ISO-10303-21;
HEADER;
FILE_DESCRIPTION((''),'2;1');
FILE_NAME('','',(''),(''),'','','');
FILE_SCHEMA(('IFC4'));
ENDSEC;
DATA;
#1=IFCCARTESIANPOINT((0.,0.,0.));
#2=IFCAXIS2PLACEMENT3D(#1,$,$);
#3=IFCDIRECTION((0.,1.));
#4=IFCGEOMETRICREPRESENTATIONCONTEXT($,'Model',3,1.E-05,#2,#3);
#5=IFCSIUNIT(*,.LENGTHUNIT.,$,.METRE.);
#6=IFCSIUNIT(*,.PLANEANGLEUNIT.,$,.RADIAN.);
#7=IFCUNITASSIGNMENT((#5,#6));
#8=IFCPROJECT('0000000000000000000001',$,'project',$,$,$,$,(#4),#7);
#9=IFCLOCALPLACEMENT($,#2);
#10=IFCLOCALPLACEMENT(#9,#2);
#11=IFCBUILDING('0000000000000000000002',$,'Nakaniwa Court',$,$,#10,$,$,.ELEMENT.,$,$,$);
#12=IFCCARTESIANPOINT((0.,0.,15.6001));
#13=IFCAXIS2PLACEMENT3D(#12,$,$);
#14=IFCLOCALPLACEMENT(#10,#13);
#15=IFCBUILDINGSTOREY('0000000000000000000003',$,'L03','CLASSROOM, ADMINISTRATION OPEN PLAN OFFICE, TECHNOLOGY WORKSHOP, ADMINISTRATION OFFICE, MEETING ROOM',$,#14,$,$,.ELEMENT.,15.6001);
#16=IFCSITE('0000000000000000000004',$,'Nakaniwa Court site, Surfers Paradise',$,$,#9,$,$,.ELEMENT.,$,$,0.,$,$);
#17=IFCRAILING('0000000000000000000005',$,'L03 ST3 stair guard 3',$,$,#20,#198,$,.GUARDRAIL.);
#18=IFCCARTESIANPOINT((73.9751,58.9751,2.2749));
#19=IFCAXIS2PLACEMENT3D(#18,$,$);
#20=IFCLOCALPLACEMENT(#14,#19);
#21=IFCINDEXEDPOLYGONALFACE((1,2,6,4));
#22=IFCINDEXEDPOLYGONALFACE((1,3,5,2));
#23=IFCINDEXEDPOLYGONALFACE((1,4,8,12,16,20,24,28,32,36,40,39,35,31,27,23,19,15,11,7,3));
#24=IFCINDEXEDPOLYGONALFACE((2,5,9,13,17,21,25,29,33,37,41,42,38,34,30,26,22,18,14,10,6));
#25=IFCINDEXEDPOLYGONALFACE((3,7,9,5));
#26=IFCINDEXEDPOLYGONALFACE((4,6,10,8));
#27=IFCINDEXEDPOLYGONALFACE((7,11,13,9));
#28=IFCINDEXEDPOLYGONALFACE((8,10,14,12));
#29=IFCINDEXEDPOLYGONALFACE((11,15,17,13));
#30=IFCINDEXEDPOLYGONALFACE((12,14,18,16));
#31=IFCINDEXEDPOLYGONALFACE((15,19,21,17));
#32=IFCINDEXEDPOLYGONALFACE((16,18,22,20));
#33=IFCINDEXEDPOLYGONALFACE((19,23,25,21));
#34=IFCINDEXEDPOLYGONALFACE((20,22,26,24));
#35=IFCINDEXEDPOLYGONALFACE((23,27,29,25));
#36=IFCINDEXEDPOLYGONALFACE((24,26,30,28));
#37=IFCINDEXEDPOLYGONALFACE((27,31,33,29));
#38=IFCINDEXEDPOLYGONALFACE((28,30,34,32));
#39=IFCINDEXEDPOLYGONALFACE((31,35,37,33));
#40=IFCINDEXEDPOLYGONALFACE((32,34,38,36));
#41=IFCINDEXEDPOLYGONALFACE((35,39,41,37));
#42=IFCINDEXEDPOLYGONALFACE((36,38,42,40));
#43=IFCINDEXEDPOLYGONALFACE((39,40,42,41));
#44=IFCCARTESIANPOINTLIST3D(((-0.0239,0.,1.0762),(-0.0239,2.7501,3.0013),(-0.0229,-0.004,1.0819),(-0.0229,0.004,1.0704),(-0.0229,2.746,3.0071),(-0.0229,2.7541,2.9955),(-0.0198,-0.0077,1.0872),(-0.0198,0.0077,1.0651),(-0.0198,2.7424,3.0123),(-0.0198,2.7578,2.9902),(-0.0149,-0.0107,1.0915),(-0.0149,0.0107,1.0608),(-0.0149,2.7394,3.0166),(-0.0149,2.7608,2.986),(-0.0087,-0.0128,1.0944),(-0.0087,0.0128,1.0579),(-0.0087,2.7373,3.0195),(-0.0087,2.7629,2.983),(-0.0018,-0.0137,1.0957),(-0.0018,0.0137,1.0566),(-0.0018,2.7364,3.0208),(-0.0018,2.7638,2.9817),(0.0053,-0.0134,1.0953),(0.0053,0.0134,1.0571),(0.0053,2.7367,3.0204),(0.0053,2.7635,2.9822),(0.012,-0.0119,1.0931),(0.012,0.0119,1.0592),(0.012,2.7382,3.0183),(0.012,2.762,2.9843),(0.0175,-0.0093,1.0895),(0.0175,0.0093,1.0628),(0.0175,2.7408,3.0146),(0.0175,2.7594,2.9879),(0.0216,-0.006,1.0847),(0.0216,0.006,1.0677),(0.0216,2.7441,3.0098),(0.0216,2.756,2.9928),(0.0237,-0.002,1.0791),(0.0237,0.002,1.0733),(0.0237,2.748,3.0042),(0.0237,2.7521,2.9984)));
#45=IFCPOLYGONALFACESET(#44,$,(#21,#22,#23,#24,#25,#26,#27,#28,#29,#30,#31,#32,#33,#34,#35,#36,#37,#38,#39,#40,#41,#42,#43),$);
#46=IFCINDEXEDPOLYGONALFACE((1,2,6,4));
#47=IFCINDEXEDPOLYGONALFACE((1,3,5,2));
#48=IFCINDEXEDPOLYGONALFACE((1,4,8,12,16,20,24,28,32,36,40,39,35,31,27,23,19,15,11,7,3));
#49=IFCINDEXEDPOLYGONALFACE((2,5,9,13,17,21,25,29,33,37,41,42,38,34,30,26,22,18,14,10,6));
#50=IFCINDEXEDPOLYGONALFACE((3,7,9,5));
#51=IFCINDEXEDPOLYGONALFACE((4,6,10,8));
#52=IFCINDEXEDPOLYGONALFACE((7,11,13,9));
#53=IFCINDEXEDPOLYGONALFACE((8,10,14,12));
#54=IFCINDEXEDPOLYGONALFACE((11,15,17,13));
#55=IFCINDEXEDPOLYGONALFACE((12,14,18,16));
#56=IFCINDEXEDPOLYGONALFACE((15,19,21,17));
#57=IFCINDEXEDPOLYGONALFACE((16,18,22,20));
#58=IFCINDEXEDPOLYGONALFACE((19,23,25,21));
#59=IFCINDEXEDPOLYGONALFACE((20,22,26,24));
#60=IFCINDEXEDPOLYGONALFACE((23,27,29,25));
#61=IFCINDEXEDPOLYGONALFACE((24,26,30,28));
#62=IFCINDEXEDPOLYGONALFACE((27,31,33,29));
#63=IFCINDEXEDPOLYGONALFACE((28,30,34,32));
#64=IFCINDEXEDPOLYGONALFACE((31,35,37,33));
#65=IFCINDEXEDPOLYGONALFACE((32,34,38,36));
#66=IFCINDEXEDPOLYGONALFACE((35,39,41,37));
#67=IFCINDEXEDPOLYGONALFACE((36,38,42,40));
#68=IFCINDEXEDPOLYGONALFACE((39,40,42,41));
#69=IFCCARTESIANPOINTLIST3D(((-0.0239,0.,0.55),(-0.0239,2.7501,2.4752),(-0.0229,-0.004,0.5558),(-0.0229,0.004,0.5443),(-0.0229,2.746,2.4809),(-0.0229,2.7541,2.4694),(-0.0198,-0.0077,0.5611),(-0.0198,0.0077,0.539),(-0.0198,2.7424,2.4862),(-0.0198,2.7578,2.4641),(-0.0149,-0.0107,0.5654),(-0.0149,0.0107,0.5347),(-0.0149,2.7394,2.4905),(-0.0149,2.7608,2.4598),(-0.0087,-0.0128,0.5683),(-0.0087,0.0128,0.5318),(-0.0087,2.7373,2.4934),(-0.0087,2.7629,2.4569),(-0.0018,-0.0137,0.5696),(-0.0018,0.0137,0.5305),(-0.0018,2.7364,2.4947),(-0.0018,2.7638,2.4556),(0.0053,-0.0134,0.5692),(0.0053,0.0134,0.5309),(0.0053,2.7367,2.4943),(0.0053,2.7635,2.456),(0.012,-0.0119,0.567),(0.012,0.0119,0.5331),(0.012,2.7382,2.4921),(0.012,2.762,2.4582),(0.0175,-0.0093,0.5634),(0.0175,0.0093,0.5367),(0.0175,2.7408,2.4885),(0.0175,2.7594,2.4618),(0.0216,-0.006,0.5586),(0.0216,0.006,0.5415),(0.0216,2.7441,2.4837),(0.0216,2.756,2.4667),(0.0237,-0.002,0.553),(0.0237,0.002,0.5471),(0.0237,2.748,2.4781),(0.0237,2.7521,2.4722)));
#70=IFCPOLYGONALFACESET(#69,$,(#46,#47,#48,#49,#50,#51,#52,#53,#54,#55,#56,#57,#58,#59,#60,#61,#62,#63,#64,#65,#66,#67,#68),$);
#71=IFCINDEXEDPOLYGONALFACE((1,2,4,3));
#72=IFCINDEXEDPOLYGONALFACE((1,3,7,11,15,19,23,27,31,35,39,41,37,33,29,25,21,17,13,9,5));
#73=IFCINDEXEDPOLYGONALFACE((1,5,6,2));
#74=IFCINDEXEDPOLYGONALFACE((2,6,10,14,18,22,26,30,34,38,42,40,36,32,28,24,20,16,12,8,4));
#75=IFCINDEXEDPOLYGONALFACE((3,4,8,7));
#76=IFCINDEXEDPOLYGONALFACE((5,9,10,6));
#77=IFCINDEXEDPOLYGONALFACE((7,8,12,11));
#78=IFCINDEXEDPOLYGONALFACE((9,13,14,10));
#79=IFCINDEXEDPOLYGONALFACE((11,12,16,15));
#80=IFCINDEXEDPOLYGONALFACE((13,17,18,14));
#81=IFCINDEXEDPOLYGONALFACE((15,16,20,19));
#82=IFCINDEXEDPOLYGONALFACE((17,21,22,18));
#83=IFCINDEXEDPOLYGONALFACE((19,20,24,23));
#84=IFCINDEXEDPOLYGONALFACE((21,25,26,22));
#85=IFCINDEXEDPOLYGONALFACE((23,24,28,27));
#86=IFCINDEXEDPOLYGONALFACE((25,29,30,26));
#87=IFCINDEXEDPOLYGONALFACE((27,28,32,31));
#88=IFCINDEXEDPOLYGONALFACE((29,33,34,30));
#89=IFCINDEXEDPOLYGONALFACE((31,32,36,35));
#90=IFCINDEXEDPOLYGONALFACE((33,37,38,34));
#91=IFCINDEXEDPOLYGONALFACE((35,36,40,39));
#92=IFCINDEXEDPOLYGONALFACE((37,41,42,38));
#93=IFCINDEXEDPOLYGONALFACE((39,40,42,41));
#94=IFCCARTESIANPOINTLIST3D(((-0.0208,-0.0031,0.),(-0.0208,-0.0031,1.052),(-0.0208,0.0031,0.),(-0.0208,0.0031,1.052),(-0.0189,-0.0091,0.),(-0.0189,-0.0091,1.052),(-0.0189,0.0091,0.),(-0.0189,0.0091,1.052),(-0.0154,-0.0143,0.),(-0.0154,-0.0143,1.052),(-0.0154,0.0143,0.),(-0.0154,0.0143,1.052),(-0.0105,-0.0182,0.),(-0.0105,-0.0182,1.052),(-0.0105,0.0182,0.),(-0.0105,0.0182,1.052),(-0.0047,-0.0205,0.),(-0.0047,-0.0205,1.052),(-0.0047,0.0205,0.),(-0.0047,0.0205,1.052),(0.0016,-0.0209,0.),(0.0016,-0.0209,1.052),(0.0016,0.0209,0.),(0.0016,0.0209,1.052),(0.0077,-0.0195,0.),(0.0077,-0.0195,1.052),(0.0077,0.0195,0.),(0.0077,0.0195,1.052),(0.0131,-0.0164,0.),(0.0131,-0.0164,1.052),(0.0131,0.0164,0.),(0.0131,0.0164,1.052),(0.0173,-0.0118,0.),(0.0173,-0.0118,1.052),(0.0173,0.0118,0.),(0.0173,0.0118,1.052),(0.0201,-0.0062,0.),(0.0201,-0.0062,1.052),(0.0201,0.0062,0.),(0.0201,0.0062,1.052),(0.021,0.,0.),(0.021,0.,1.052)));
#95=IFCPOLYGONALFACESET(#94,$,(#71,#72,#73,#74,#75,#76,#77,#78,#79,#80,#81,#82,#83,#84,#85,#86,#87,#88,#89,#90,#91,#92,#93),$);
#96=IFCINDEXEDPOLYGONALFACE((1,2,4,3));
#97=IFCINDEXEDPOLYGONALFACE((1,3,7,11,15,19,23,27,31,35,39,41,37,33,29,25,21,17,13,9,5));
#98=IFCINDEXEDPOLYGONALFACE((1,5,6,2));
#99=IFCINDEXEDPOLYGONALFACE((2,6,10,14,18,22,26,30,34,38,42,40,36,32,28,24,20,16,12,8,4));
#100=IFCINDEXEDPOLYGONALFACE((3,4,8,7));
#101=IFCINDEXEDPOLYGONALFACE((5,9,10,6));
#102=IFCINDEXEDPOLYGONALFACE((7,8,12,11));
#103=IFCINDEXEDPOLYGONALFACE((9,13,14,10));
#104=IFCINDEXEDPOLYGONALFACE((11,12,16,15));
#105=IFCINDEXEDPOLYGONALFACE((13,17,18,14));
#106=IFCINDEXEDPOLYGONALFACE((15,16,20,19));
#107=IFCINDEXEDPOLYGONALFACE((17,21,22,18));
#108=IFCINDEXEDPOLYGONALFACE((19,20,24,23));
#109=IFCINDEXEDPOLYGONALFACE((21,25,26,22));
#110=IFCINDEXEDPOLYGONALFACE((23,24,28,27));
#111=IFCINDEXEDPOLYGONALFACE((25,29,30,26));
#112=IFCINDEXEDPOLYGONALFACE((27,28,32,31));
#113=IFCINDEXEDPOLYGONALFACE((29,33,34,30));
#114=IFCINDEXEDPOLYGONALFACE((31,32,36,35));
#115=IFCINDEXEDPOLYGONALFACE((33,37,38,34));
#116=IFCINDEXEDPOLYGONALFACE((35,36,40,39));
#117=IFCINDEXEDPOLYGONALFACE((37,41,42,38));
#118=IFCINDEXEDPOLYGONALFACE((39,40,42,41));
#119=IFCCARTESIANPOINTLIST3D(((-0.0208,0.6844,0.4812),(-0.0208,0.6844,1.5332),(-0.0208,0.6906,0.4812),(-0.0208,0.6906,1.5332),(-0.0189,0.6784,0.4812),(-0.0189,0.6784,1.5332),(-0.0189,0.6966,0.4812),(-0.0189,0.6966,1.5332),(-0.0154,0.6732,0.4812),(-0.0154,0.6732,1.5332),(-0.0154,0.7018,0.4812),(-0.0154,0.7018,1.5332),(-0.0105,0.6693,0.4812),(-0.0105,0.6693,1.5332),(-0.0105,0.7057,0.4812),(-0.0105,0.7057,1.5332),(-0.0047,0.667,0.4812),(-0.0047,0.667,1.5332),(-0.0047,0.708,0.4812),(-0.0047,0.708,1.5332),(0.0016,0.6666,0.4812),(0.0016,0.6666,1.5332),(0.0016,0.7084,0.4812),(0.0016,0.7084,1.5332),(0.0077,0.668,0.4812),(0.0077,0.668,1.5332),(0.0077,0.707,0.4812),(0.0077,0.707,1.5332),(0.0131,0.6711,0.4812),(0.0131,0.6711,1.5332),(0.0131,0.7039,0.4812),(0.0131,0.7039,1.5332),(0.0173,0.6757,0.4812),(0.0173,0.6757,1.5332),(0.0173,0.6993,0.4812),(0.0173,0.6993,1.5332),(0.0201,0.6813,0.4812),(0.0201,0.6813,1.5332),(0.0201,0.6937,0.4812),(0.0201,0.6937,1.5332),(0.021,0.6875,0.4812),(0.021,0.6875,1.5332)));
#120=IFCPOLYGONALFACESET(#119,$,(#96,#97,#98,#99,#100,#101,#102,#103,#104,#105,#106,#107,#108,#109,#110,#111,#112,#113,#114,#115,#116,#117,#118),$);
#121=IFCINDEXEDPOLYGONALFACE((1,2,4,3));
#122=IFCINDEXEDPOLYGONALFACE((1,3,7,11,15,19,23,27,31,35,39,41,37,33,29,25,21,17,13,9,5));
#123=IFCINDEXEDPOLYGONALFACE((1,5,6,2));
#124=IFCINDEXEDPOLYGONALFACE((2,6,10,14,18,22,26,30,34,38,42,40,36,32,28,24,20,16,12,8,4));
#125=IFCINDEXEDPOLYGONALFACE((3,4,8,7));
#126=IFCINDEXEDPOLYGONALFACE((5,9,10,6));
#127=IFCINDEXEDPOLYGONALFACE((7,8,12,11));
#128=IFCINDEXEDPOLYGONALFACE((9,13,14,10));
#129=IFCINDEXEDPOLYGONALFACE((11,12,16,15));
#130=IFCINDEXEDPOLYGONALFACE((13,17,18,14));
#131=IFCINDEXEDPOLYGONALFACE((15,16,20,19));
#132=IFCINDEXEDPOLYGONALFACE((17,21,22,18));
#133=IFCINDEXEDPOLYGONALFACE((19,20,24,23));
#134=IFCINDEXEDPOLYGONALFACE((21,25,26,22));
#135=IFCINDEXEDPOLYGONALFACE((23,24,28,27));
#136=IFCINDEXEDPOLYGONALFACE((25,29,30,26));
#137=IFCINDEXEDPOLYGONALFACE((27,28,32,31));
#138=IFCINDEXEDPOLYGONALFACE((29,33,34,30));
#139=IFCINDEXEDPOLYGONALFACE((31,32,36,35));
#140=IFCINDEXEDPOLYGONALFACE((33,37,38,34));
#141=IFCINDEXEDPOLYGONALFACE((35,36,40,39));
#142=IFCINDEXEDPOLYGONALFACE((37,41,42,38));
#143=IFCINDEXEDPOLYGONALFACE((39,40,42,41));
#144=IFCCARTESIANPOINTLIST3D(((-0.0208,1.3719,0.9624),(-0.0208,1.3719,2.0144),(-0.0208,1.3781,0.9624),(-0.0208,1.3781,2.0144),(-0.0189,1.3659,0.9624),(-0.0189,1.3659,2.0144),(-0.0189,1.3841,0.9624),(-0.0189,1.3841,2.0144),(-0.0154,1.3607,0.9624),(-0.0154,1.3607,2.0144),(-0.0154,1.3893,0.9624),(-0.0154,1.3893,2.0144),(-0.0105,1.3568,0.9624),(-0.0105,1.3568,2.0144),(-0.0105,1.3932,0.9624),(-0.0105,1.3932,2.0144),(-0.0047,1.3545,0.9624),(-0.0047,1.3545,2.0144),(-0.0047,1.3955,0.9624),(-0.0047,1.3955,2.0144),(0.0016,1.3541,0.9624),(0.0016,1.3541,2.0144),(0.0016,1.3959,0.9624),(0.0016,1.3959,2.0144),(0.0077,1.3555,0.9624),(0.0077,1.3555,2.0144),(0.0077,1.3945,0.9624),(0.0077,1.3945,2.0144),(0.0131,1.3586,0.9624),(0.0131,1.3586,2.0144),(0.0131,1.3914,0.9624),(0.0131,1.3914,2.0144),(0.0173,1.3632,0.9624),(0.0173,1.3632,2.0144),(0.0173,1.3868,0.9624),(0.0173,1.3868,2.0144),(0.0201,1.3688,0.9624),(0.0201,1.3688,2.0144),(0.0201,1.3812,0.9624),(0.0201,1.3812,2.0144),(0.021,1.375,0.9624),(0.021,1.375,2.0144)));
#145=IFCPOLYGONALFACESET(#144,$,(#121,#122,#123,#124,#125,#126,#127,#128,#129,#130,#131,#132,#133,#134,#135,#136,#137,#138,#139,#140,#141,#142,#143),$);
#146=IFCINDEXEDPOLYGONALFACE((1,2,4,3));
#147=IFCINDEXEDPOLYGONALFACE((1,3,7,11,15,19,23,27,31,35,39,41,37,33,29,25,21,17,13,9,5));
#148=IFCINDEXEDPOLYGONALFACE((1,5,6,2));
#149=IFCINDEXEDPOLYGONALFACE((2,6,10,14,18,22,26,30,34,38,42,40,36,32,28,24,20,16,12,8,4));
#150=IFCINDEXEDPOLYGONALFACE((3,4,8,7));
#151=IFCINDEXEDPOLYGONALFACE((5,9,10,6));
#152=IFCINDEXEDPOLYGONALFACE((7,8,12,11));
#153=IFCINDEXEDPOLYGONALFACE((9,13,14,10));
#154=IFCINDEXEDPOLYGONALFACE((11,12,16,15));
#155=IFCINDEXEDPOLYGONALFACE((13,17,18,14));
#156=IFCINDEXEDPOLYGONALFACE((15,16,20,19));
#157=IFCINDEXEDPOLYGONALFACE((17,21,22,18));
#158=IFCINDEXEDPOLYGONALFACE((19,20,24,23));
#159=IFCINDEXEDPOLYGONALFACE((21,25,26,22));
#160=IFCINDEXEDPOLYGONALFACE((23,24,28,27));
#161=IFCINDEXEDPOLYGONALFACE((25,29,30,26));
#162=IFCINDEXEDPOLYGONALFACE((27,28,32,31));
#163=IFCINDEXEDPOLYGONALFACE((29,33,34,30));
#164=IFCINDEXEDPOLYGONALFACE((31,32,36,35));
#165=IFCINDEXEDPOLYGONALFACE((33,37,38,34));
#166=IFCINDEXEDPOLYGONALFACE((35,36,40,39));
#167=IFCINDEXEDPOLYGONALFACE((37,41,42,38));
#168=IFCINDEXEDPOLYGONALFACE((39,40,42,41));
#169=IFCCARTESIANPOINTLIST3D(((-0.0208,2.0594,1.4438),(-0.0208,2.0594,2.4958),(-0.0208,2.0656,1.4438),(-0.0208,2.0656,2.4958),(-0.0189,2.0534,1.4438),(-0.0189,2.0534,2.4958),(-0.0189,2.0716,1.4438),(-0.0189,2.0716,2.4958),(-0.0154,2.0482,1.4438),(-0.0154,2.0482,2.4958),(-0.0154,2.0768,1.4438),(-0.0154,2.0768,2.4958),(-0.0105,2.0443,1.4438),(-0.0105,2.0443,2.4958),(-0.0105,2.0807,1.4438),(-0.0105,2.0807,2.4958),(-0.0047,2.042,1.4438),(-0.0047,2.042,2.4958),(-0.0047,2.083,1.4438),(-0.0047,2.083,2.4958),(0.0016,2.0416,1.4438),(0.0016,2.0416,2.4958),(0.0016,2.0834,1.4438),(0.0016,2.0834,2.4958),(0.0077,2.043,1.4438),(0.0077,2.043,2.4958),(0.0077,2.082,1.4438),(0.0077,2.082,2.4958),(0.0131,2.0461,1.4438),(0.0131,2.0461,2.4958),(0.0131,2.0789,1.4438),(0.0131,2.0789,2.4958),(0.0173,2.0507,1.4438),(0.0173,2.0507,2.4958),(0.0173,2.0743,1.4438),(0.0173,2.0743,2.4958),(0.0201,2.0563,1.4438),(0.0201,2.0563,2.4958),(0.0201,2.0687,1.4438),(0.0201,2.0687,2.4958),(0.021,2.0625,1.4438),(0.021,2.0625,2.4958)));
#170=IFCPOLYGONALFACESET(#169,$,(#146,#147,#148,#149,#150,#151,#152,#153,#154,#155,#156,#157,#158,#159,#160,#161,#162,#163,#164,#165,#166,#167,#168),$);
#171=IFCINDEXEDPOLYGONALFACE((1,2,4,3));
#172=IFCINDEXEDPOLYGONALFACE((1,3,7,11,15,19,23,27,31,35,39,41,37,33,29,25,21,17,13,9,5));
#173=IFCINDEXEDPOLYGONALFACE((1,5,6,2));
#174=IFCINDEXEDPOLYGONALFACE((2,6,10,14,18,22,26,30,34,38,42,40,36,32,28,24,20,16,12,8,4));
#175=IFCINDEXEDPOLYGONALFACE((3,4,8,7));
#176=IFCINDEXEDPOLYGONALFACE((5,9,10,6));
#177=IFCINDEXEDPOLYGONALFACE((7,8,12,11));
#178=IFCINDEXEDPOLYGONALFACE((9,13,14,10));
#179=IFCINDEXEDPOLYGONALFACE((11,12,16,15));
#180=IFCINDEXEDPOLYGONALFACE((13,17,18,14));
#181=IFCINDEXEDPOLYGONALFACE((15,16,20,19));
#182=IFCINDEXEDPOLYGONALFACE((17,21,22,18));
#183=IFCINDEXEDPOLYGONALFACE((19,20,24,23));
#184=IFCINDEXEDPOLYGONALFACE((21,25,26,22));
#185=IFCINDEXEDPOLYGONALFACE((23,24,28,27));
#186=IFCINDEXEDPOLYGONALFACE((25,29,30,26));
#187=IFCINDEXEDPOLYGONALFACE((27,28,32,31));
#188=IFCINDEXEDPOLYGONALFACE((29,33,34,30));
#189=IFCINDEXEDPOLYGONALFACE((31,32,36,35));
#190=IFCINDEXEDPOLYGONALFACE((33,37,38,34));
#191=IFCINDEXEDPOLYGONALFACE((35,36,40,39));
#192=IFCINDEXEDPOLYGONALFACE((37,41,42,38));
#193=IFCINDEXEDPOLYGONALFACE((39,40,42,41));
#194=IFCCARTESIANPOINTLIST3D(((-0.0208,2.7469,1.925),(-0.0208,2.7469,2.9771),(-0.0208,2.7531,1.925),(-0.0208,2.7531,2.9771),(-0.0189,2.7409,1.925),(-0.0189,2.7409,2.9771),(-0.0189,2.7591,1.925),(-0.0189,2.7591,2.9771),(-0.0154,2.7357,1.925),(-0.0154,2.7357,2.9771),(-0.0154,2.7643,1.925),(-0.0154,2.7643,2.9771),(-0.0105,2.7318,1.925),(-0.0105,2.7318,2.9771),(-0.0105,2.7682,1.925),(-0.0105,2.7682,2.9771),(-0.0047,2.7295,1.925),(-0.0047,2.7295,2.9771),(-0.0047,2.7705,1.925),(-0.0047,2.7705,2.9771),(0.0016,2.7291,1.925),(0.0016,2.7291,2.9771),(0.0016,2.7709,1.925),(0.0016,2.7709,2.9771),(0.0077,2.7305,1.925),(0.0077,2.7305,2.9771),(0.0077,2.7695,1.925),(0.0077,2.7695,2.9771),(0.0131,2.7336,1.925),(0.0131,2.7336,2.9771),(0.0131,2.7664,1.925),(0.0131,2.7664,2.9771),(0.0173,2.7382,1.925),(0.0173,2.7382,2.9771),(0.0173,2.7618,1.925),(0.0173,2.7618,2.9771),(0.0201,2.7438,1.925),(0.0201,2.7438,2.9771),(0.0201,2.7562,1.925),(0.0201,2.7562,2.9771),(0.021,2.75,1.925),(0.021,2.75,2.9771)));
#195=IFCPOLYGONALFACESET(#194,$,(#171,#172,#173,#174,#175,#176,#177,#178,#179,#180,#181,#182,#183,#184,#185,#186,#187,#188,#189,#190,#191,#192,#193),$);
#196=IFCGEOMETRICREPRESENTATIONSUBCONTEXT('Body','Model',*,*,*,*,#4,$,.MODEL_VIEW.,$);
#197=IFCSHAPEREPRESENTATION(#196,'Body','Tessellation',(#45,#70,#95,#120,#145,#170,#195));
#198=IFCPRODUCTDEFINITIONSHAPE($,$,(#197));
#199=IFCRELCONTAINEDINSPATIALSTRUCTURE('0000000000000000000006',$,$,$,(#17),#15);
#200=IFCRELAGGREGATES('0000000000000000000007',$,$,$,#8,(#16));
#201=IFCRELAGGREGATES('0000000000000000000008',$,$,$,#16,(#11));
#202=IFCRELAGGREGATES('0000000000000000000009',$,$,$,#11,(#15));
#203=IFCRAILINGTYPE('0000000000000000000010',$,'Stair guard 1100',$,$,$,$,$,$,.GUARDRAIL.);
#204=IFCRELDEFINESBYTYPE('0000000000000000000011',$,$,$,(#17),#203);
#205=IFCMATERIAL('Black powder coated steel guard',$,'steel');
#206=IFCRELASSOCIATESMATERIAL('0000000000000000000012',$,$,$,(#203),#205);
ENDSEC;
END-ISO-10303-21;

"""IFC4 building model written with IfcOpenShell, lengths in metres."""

from ifc_helpers import new_model, si_unit, direction, frame, origin, origin_2d, place, context, subcontext, project, spatial, circle, extrude, material, type_object, element, save


model = new_model("IFC4")

# Units and contexts
model_context = context("Model", 3, precision=1e-05, world=origin(), true_north=direction((0.0, 1.0)))
body_context = subcontext(model_context, "Body", "Model", "MODEL_VIEW")
ifc_project = project(units=[si_unit("LENGTHUNIT", "METRE"), si_unit("PLANEANGLEUNIT", "RADIAN")], contexts=[model_context])

# Site, building, storey
site_placement = place(None, origin())
site = spatial("IfcSite", under=ifc_project, at=site_placement, Name="Nakaniwa Court site, Surfers Paradise", CompositionType="ELEMENT", RefElevation=0.0)
building_placement = place(site_placement, origin())
building = spatial("IfcBuilding", under=site, at=building_placement, Name="Nakaniwa Court", CompositionType="ELEMENT")
storey_placement = place(building_placement, frame((0.0, 0.0, 15.6001)))
storey = spatial("IfcBuildingStorey", under=building, at=storey_placement, Name="L03", Description="CLASSROOM, ADMINISTRATION OPEN PLAN OFFICE, TECHNOLOGY WORKSHOP, ADMINISTRATION OFFICE, MEETING ROOM", CompositionType="ELEMENT", Elevation=15.6001)

# Railing
ifc_material_1 = material(Name="Black powder coated steel guard", Category="steel")
railing_type_1 = type_object("IfcRailingType", Name="Stair guard 1100", PredefinedType="GUARDRAIL", material=ifc_material_1)
railing_1_placement = place(storey_placement, frame((73.9751, 58.9751, 2.2749)))
element("IfcRailing", 1, at=railing_1_placement, inside=storey, type_object=railing_type_1, Name="L03 ST3 stair guard 3", PredefinedType="GUARDRAIL", context=body_context, shape_type="SweptSolid", body=[
    extrude(circle(Radius=0.0239, at=origin_2d()), frame((0.0, 0.0, 1.0762), z_axis=(0.0, 0.819225, 0.573472), x_axis=(-1.0, 0.0, 0.0)), (0.0, 0.0, 1.0), 3.3569),
    extrude(circle(Radius=0.0239, at=origin_2d()), frame((0.0, 0.0, 0.55), z_axis=(0.0, 0.819225, 0.573472), x_axis=(-1.0, 0.0, 0.0)), (0.0, 0.0, 1.0), 3.3569),
    extrude(circle(Radius=0.021, at=origin_2d()), origin(), (0.0, 0.0, 1.0), 1.052),
    extrude(circle(Radius=0.021, at=origin_2d()), frame((0.0, 0.6875, 0.4812)), (0.0, 0.0, 1.0), 1.052),
    extrude(circle(Radius=0.021, at=origin_2d()), frame((0.0, 1.375, 0.9624)), (0.0, 0.0, 1.0), 1.052),
    extrude(circle(Radius=0.021, at=origin_2d()), frame((0.0, 2.0625, 1.4438)), (0.0, 0.0, 1.0), 1.052),
    extrude(circle(Radius=0.021, at=origin_2d()), frame((0.0, 2.75, 1.925)), (0.0, 0.0, 1.0), 1.052),
])

save(model, "model.ifc")
